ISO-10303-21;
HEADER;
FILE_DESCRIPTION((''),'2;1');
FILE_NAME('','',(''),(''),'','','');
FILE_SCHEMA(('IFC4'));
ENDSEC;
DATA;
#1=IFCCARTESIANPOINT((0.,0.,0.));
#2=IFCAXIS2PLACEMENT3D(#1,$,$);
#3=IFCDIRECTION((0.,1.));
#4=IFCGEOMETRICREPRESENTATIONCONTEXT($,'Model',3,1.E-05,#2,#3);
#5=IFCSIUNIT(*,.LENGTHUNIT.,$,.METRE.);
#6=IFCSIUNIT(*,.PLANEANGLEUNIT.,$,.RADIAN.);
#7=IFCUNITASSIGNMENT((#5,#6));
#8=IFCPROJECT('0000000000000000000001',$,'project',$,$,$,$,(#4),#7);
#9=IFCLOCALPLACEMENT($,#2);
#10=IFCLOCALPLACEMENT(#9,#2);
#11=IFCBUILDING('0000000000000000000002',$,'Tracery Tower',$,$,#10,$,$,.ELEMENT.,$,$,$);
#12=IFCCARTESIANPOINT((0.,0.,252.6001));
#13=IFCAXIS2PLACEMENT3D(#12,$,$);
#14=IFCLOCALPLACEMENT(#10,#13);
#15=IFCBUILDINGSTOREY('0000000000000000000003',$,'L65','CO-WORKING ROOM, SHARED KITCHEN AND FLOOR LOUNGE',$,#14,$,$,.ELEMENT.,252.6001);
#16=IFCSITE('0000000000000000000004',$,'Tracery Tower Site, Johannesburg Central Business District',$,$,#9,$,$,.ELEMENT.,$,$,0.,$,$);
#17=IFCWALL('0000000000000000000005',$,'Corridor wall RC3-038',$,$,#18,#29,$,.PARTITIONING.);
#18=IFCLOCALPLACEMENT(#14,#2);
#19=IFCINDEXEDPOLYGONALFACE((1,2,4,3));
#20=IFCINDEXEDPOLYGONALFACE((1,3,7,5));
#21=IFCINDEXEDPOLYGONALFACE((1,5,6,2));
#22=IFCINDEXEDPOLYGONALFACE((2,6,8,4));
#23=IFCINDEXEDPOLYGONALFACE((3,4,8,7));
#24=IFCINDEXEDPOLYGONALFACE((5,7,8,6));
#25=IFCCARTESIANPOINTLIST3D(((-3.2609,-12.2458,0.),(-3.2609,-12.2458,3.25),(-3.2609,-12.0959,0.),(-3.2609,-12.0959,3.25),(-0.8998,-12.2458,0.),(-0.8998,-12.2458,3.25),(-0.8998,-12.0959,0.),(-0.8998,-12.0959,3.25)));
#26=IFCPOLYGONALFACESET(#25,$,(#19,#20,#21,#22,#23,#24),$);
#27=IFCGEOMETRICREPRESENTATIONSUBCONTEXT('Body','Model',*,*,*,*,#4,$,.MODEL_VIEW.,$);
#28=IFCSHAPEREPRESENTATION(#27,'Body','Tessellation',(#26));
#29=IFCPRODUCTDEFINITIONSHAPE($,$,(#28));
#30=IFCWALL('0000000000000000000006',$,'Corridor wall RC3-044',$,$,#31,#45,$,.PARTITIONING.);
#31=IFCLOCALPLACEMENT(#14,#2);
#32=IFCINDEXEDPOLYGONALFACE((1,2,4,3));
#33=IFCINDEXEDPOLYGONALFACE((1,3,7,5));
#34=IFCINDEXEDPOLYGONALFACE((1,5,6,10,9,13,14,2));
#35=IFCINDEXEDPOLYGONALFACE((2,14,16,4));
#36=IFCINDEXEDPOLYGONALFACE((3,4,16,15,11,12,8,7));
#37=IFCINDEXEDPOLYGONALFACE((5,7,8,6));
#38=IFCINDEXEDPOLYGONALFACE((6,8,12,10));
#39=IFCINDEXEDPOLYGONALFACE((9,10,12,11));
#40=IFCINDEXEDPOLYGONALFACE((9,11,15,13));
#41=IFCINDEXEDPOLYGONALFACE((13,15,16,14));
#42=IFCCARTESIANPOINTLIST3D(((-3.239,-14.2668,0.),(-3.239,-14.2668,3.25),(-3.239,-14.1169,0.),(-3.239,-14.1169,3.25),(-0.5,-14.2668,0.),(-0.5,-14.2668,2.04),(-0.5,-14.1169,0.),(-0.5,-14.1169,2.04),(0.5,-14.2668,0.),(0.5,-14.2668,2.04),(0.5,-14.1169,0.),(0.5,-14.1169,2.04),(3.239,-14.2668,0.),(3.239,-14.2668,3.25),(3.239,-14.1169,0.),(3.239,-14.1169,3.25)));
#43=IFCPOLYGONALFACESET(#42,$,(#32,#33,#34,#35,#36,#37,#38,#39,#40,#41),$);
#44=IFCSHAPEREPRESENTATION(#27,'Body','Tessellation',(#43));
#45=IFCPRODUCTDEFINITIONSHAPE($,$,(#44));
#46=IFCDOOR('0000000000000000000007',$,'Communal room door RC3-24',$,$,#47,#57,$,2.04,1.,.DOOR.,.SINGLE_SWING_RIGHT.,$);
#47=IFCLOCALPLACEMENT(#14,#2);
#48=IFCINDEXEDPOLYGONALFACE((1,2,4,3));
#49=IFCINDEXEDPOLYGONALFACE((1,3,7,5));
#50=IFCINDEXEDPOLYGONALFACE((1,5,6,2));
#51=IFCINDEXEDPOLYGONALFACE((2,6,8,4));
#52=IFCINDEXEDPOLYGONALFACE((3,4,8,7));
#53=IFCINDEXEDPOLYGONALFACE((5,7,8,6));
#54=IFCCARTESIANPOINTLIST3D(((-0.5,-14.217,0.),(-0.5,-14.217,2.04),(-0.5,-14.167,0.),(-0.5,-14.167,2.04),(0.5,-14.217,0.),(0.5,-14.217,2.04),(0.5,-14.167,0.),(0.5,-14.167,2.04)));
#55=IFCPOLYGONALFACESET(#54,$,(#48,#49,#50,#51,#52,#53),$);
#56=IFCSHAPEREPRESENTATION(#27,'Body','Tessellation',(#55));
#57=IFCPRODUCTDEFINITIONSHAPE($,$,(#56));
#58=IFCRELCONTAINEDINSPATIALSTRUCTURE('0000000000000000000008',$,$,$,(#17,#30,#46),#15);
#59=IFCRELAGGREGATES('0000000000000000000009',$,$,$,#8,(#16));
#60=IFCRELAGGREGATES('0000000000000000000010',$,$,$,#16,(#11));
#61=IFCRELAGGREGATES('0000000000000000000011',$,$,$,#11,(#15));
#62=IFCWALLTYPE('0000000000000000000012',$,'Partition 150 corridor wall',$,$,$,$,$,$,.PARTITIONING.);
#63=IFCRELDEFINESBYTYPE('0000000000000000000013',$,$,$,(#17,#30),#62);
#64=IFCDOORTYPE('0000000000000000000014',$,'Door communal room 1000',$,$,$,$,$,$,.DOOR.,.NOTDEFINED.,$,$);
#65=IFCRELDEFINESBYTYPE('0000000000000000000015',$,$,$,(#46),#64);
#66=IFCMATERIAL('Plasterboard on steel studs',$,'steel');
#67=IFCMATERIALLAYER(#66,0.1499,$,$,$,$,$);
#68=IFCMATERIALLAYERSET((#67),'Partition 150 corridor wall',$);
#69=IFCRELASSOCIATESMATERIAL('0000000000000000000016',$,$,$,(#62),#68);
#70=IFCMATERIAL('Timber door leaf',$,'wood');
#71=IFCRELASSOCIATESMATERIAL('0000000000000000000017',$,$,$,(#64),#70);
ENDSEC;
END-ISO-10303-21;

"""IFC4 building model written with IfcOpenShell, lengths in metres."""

from ifc_helpers import new_model, si_unit, direction, frame, frame_2d, origin, place, context, subcontext, project, spatial, rectangle, extrude, material, layer, layer_set, type_object, element, fill, save


model = new_model("IFC4")

# Units and contexts
model_context = context("Model", 3, precision=1e-05, world=origin(), true_north=direction((0.0, 1.0)))
body_context = subcontext(model_context, "Body", "Model", "MODEL_VIEW")
ifc_project = project(units=[si_unit("LENGTHUNIT", "METRE"), si_unit("PLANEANGLEUNIT", "RADIAN")], contexts=[model_context])

# Site, building, storey
site_placement = place(None, origin())
site = spatial("IfcSite", under=ifc_project, at=site_placement, Name="Tracery Tower Site, Johannesburg Central Business District", CompositionType="ELEMENT", RefElevation=0.0)
building_placement = place(site_placement, origin())
building = spatial("IfcBuilding", under=site, at=building_placement, Name="Tracery Tower", CompositionType="ELEMENT")
storey_placement = place(building_placement, frame((0.0, 0.0, 252.6001)))
storey = spatial("IfcBuildingStorey", under=building, at=storey_placement, Name="L65", Description="CO-WORKING ROOM, SHARED KITCHEN AND FLOOR LOUNGE", CompositionType="ELEMENT", Elevation=252.6001)

# Wall
ifc_material_1 = material(Name="Plasterboard on steel studs", Category="steel")
ifc_layer_1 = layer(ifc_material_1, 0.1499)
ifc_layer_set_1 = layer_set([ifc_layer_1], Name="Partition 150 corridor wall")
wall_type_1 = type_object("IfcWallType", Name="Partition 150 corridor wall", PredefinedType="PARTITIONING", material=ifc_layer_set_1)
wall_1_placement = place(storey_placement, frame((-3.261, -12.1709, 0.0), z_axis=(0.0, 0.0, 1.0), x_axis=(1.0, 0.0, 0.0)))
element("IfcWall", 1, at=wall_1_placement, inside=storey, type_object=wall_type_1, Name="Corridor wall RC3-038", PredefinedType="PARTITIONING", context=body_context, shape_type="SweptSolid", body=[
    extrude(rectangle(XDim=2.3611, YDim=0.1499, at=frame_2d((1.1807, 0.0))), origin(), (0.0, 0.0, 1.0), 3.25),
])

# Wall, opening, door
wall_2_placement = place(storey_placement, frame((-3.239, -14.1919, 0.0), z_axis=(0.0, 0.0, 1.0), x_axis=(1.0, 0.0, 0.0)))
wall_2 = element("IfcWall", 2, at=wall_2_placement, inside=storey, type_object=wall_type_1, Name="Corridor wall RC3-044", PredefinedType="PARTITIONING", context=body_context, shape_type="SweptSolid", body=[
    extrude(rectangle(XDim=6.478, YDim=0.1499, at=frame_2d((3.239, 0.0))), origin(), (0.0, 0.0, 1.0), 3.25),
])
opening_1_placement = place(wall_2_placement, frame((2.739, 0.0, 0.0)))
opening_1 = element("IfcOpeningElement", 3, at=opening_1_placement, cuts=wall_2, PredefinedType="OPENING", context=body_context, shape_type="SweptSolid", body=[
    extrude(rectangle(XDim=1.0, YDim=2.04, at=frame_2d((0.5, 1.02))), frame((0.0, 0.075, 0.0), z_axis=(0.0, -1.0, 0.0), x_axis=(1.0, 0.0, 0.0)), (0.0, 0.0, 1.0), 0.1499),
])
ifc_material_2 = material(Name="Timber door leaf", Category="wood")
door_type_1 = type_object("IfcDoorType", Name="Door communal room 1000", OperationType="NOTDEFINED", PredefinedType="DOOR", material=ifc_material_2)
door_1_placement = place(opening_1_placement, origin())
door_1 = element("IfcDoor", 4, at=door_1_placement, inside=storey, type_object=door_type_1, Name="Communal room door RC3-24", OperationType="SINGLE_SWING_RIGHT", OverallHeight=2.04, OverallWidth=1.0, PredefinedType="DOOR", context=body_context, shape_type="SweptSolid", body=[
    extrude(rectangle(XDim=1.0, YDim=2.04, at=frame_2d((0.5, 1.02))), frame((0.0, 0.0249, 0.0), z_axis=(0.0, -1.0, 0.0), x_axis=(1.0, 0.0, 0.0)), (0.0, 0.0, 1.0), 0.05),
])
fill(opening_1, door_1)

save(model, "model.ifc")
